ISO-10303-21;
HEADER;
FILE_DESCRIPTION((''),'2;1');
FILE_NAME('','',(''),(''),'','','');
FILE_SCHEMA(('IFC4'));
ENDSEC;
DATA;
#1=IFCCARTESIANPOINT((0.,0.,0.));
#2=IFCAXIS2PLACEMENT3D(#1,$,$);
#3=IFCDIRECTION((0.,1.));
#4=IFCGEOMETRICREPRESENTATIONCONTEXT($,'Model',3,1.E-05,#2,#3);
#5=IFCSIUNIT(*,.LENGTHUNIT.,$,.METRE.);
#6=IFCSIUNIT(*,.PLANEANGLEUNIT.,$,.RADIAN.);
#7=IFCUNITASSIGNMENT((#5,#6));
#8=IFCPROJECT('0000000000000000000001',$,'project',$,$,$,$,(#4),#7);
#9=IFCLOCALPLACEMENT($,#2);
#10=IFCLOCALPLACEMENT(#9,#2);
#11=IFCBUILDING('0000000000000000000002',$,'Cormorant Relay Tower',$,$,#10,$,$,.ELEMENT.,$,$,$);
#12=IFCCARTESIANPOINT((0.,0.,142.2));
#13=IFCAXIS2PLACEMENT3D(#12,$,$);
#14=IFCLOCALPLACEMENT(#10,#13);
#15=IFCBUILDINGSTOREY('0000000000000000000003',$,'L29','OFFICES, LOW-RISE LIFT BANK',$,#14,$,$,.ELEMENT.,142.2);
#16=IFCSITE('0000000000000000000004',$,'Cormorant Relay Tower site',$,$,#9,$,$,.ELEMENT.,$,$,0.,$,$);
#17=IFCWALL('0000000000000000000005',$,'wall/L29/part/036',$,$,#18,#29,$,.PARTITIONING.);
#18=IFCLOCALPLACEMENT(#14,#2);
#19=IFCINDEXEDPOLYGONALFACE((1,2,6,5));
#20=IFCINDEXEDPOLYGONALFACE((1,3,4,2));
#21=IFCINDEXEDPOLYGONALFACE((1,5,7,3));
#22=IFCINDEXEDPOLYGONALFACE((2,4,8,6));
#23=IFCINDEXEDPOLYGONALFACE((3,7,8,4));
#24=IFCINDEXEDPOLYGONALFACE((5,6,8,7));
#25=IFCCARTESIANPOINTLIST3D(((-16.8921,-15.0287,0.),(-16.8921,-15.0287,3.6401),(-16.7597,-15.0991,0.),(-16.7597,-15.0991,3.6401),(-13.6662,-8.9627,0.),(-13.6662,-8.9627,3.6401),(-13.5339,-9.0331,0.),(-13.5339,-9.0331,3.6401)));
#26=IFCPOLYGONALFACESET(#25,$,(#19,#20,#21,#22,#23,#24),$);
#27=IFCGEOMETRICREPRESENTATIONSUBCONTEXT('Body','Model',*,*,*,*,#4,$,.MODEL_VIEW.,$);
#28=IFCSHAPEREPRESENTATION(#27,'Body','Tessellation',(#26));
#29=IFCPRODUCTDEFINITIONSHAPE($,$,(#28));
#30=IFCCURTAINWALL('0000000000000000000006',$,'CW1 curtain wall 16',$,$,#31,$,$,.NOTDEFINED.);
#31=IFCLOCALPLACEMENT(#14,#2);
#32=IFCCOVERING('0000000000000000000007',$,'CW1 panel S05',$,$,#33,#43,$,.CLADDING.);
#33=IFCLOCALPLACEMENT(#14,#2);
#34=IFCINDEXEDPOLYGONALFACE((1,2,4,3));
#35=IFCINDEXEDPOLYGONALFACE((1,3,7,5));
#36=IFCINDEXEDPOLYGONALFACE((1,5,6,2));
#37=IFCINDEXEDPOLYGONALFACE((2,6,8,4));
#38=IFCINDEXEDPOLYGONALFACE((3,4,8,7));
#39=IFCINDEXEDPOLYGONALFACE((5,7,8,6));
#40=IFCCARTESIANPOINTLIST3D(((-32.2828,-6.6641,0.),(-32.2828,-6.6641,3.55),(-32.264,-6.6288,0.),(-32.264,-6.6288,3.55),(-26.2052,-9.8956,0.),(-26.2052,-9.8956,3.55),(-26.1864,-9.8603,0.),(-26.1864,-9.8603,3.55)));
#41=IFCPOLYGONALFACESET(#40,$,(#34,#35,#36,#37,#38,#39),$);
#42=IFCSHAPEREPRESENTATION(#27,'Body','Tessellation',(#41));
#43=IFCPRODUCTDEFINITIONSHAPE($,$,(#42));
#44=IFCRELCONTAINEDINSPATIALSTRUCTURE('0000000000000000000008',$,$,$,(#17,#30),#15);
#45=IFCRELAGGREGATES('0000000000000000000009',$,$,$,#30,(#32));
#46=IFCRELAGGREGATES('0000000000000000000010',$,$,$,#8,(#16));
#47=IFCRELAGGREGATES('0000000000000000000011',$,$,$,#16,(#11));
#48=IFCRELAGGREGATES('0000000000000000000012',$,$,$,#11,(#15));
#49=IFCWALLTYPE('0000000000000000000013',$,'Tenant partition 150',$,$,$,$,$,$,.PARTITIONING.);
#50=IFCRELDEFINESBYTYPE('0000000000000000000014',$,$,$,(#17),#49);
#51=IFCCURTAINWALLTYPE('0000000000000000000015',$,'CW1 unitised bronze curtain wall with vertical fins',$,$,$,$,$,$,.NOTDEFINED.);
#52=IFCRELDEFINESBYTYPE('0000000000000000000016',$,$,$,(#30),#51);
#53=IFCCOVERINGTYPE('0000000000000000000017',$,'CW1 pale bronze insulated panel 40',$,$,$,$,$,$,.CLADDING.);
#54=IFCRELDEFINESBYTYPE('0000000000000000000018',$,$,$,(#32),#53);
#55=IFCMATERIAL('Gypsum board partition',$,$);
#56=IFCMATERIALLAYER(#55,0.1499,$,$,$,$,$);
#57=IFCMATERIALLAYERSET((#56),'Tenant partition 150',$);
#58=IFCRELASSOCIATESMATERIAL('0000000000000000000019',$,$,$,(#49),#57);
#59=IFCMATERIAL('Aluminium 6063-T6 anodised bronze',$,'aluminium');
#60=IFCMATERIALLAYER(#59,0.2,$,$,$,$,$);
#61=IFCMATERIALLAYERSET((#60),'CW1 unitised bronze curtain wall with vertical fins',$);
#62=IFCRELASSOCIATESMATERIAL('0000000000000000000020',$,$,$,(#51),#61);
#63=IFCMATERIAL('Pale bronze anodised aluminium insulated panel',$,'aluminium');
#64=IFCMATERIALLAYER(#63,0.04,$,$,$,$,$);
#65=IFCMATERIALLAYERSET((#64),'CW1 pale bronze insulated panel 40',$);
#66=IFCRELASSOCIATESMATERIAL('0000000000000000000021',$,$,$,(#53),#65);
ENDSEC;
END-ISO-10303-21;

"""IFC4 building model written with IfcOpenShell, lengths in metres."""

from ifc_helpers import new_model, si_unit, direction, frame, frame_2d, origin, origin_2d, place, context, subcontext, project, spatial, rectangle, extrude, material, layer, layer_set, type_object, element, aggregate, save


model = new_model("IFC4")

# Units and contexts
model_context = context("Model", 3, precision=1e-05, world=origin(), true_north=direction((0.0, 1.0)))
body_context = subcontext(model_context, "Body", "Model", "MODEL_VIEW")
ifc_project = project(units=[si_unit("LENGTHUNIT", "METRE"), si_unit("PLANEANGLEUNIT", "RADIAN")], contexts=[model_context])

# Site, building, storey
site_placement = place(None, origin())
site = spatial("IfcSite", under=ifc_project, at=site_placement, Name="Cormorant Relay Tower site", CompositionType="ELEMENT", RefElevation=0.0)
building_placement = place(site_placement, origin())
building = spatial("IfcBuilding", under=site, at=building_placement, Name="Cormorant Relay Tower", CompositionType="ELEMENT")
storey_placement = place(building_placement, frame((0.0, 0.0, 142.2)))
storey = spatial("IfcBuildingStorey", under=building, at=storey_placement, Name="L29", Description="OFFICES, LOW-RISE LIFT BANK", CompositionType="ELEMENT", Elevation=142.2)

# Wall
ifc_material_1 = material(Name="Gypsum board partition")
ifc_layer_1 = layer(ifc_material_1, 0.1499)
ifc_layer_set_1 = layer_set([ifc_layer_1], Name="Tenant partition 150")
wall_type_1 = type_object("IfcWallType", Name="Tenant partition 150", PredefinedType="PARTITIONING", material=ifc_layer_set_1)
wall_1_placement = place(storey_placement, frame((-13.6001, -8.998, 0.0), z_axis=(0.0, 0.0, 1.0), x_axis=(-0.469531, -0.882916, 0.0)))
element("IfcWall", 1, at=wall_1_placement, inside=storey, type_object=wall_type_1, Name="wall/L29/part/036", PredefinedType="PARTITIONING", context=body_context, shape_type="SweptSolid", body=[
    extrude(rectangle(XDim=6.8704, YDim=0.1499, at=frame_2d((3.4351, 0.0))), origin(), (0.0, 0.0, 1.0), 3.6401),
])

# Curtain wall, covering
ifc_material_2 = material(Name="Aluminium 6063-T6 anodised bronze", Category="aluminium")
ifc_layer_2 = layer(ifc_material_2, 0.2)
ifc_layer_set_2 = layer_set([ifc_layer_2], Name="CW1 unitised bronze curtain wall with vertical fins")
curtain_wall_type = type_object("IfcCurtainWallType", Name="CW1 unitised bronze curtain wall with vertical fins", PredefinedType="NOTDEFINED", material=ifc_layer_set_2)
curtain_wall_placement = place(storey_placement, origin())
curtain_wall = element("IfcCurtainWall", 2, at=curtain_wall_placement, inside=storey, type_object=curtain_wall_type, Name="CW1 curtain wall 16", PredefinedType="NOTDEFINED")
ifc_material_3 = material(Name="Pale bronze anodised aluminium insulated panel", Category="aluminium")
ifc_layer_3 = layer(ifc_material_3, 0.04)
ifc_layer_set_3 = layer_set([ifc_layer_3], Name="CW1 pale bronze insulated panel 40")
covering_type = type_object("IfcCoveringType", Name="CW1 pale bronze insulated panel 40", PredefinedType="CLADDING", material=ifc_layer_set_3)
covering_placement = place(storey_placement, frame((-29.2346, -8.2622, 0.0), z_axis=(0.0, 0.0, 1.0), x_axis=(0.882948, -0.469472, 0.0)))
covering = element("IfcCovering", 3, at=covering_placement, type_object=covering_type, Name="CW1 panel S05", PredefinedType="CLADDING", context=body_context, shape_type="SweptSolid", body=[
    extrude(rectangle(XDim=6.8833, YDim=0.04, at=origin_2d()), origin(), (0.0, 0.0, 1.0), 3.55),
])
aggregate(curtain_wall, [covering])

save(model, "model.ifc")
